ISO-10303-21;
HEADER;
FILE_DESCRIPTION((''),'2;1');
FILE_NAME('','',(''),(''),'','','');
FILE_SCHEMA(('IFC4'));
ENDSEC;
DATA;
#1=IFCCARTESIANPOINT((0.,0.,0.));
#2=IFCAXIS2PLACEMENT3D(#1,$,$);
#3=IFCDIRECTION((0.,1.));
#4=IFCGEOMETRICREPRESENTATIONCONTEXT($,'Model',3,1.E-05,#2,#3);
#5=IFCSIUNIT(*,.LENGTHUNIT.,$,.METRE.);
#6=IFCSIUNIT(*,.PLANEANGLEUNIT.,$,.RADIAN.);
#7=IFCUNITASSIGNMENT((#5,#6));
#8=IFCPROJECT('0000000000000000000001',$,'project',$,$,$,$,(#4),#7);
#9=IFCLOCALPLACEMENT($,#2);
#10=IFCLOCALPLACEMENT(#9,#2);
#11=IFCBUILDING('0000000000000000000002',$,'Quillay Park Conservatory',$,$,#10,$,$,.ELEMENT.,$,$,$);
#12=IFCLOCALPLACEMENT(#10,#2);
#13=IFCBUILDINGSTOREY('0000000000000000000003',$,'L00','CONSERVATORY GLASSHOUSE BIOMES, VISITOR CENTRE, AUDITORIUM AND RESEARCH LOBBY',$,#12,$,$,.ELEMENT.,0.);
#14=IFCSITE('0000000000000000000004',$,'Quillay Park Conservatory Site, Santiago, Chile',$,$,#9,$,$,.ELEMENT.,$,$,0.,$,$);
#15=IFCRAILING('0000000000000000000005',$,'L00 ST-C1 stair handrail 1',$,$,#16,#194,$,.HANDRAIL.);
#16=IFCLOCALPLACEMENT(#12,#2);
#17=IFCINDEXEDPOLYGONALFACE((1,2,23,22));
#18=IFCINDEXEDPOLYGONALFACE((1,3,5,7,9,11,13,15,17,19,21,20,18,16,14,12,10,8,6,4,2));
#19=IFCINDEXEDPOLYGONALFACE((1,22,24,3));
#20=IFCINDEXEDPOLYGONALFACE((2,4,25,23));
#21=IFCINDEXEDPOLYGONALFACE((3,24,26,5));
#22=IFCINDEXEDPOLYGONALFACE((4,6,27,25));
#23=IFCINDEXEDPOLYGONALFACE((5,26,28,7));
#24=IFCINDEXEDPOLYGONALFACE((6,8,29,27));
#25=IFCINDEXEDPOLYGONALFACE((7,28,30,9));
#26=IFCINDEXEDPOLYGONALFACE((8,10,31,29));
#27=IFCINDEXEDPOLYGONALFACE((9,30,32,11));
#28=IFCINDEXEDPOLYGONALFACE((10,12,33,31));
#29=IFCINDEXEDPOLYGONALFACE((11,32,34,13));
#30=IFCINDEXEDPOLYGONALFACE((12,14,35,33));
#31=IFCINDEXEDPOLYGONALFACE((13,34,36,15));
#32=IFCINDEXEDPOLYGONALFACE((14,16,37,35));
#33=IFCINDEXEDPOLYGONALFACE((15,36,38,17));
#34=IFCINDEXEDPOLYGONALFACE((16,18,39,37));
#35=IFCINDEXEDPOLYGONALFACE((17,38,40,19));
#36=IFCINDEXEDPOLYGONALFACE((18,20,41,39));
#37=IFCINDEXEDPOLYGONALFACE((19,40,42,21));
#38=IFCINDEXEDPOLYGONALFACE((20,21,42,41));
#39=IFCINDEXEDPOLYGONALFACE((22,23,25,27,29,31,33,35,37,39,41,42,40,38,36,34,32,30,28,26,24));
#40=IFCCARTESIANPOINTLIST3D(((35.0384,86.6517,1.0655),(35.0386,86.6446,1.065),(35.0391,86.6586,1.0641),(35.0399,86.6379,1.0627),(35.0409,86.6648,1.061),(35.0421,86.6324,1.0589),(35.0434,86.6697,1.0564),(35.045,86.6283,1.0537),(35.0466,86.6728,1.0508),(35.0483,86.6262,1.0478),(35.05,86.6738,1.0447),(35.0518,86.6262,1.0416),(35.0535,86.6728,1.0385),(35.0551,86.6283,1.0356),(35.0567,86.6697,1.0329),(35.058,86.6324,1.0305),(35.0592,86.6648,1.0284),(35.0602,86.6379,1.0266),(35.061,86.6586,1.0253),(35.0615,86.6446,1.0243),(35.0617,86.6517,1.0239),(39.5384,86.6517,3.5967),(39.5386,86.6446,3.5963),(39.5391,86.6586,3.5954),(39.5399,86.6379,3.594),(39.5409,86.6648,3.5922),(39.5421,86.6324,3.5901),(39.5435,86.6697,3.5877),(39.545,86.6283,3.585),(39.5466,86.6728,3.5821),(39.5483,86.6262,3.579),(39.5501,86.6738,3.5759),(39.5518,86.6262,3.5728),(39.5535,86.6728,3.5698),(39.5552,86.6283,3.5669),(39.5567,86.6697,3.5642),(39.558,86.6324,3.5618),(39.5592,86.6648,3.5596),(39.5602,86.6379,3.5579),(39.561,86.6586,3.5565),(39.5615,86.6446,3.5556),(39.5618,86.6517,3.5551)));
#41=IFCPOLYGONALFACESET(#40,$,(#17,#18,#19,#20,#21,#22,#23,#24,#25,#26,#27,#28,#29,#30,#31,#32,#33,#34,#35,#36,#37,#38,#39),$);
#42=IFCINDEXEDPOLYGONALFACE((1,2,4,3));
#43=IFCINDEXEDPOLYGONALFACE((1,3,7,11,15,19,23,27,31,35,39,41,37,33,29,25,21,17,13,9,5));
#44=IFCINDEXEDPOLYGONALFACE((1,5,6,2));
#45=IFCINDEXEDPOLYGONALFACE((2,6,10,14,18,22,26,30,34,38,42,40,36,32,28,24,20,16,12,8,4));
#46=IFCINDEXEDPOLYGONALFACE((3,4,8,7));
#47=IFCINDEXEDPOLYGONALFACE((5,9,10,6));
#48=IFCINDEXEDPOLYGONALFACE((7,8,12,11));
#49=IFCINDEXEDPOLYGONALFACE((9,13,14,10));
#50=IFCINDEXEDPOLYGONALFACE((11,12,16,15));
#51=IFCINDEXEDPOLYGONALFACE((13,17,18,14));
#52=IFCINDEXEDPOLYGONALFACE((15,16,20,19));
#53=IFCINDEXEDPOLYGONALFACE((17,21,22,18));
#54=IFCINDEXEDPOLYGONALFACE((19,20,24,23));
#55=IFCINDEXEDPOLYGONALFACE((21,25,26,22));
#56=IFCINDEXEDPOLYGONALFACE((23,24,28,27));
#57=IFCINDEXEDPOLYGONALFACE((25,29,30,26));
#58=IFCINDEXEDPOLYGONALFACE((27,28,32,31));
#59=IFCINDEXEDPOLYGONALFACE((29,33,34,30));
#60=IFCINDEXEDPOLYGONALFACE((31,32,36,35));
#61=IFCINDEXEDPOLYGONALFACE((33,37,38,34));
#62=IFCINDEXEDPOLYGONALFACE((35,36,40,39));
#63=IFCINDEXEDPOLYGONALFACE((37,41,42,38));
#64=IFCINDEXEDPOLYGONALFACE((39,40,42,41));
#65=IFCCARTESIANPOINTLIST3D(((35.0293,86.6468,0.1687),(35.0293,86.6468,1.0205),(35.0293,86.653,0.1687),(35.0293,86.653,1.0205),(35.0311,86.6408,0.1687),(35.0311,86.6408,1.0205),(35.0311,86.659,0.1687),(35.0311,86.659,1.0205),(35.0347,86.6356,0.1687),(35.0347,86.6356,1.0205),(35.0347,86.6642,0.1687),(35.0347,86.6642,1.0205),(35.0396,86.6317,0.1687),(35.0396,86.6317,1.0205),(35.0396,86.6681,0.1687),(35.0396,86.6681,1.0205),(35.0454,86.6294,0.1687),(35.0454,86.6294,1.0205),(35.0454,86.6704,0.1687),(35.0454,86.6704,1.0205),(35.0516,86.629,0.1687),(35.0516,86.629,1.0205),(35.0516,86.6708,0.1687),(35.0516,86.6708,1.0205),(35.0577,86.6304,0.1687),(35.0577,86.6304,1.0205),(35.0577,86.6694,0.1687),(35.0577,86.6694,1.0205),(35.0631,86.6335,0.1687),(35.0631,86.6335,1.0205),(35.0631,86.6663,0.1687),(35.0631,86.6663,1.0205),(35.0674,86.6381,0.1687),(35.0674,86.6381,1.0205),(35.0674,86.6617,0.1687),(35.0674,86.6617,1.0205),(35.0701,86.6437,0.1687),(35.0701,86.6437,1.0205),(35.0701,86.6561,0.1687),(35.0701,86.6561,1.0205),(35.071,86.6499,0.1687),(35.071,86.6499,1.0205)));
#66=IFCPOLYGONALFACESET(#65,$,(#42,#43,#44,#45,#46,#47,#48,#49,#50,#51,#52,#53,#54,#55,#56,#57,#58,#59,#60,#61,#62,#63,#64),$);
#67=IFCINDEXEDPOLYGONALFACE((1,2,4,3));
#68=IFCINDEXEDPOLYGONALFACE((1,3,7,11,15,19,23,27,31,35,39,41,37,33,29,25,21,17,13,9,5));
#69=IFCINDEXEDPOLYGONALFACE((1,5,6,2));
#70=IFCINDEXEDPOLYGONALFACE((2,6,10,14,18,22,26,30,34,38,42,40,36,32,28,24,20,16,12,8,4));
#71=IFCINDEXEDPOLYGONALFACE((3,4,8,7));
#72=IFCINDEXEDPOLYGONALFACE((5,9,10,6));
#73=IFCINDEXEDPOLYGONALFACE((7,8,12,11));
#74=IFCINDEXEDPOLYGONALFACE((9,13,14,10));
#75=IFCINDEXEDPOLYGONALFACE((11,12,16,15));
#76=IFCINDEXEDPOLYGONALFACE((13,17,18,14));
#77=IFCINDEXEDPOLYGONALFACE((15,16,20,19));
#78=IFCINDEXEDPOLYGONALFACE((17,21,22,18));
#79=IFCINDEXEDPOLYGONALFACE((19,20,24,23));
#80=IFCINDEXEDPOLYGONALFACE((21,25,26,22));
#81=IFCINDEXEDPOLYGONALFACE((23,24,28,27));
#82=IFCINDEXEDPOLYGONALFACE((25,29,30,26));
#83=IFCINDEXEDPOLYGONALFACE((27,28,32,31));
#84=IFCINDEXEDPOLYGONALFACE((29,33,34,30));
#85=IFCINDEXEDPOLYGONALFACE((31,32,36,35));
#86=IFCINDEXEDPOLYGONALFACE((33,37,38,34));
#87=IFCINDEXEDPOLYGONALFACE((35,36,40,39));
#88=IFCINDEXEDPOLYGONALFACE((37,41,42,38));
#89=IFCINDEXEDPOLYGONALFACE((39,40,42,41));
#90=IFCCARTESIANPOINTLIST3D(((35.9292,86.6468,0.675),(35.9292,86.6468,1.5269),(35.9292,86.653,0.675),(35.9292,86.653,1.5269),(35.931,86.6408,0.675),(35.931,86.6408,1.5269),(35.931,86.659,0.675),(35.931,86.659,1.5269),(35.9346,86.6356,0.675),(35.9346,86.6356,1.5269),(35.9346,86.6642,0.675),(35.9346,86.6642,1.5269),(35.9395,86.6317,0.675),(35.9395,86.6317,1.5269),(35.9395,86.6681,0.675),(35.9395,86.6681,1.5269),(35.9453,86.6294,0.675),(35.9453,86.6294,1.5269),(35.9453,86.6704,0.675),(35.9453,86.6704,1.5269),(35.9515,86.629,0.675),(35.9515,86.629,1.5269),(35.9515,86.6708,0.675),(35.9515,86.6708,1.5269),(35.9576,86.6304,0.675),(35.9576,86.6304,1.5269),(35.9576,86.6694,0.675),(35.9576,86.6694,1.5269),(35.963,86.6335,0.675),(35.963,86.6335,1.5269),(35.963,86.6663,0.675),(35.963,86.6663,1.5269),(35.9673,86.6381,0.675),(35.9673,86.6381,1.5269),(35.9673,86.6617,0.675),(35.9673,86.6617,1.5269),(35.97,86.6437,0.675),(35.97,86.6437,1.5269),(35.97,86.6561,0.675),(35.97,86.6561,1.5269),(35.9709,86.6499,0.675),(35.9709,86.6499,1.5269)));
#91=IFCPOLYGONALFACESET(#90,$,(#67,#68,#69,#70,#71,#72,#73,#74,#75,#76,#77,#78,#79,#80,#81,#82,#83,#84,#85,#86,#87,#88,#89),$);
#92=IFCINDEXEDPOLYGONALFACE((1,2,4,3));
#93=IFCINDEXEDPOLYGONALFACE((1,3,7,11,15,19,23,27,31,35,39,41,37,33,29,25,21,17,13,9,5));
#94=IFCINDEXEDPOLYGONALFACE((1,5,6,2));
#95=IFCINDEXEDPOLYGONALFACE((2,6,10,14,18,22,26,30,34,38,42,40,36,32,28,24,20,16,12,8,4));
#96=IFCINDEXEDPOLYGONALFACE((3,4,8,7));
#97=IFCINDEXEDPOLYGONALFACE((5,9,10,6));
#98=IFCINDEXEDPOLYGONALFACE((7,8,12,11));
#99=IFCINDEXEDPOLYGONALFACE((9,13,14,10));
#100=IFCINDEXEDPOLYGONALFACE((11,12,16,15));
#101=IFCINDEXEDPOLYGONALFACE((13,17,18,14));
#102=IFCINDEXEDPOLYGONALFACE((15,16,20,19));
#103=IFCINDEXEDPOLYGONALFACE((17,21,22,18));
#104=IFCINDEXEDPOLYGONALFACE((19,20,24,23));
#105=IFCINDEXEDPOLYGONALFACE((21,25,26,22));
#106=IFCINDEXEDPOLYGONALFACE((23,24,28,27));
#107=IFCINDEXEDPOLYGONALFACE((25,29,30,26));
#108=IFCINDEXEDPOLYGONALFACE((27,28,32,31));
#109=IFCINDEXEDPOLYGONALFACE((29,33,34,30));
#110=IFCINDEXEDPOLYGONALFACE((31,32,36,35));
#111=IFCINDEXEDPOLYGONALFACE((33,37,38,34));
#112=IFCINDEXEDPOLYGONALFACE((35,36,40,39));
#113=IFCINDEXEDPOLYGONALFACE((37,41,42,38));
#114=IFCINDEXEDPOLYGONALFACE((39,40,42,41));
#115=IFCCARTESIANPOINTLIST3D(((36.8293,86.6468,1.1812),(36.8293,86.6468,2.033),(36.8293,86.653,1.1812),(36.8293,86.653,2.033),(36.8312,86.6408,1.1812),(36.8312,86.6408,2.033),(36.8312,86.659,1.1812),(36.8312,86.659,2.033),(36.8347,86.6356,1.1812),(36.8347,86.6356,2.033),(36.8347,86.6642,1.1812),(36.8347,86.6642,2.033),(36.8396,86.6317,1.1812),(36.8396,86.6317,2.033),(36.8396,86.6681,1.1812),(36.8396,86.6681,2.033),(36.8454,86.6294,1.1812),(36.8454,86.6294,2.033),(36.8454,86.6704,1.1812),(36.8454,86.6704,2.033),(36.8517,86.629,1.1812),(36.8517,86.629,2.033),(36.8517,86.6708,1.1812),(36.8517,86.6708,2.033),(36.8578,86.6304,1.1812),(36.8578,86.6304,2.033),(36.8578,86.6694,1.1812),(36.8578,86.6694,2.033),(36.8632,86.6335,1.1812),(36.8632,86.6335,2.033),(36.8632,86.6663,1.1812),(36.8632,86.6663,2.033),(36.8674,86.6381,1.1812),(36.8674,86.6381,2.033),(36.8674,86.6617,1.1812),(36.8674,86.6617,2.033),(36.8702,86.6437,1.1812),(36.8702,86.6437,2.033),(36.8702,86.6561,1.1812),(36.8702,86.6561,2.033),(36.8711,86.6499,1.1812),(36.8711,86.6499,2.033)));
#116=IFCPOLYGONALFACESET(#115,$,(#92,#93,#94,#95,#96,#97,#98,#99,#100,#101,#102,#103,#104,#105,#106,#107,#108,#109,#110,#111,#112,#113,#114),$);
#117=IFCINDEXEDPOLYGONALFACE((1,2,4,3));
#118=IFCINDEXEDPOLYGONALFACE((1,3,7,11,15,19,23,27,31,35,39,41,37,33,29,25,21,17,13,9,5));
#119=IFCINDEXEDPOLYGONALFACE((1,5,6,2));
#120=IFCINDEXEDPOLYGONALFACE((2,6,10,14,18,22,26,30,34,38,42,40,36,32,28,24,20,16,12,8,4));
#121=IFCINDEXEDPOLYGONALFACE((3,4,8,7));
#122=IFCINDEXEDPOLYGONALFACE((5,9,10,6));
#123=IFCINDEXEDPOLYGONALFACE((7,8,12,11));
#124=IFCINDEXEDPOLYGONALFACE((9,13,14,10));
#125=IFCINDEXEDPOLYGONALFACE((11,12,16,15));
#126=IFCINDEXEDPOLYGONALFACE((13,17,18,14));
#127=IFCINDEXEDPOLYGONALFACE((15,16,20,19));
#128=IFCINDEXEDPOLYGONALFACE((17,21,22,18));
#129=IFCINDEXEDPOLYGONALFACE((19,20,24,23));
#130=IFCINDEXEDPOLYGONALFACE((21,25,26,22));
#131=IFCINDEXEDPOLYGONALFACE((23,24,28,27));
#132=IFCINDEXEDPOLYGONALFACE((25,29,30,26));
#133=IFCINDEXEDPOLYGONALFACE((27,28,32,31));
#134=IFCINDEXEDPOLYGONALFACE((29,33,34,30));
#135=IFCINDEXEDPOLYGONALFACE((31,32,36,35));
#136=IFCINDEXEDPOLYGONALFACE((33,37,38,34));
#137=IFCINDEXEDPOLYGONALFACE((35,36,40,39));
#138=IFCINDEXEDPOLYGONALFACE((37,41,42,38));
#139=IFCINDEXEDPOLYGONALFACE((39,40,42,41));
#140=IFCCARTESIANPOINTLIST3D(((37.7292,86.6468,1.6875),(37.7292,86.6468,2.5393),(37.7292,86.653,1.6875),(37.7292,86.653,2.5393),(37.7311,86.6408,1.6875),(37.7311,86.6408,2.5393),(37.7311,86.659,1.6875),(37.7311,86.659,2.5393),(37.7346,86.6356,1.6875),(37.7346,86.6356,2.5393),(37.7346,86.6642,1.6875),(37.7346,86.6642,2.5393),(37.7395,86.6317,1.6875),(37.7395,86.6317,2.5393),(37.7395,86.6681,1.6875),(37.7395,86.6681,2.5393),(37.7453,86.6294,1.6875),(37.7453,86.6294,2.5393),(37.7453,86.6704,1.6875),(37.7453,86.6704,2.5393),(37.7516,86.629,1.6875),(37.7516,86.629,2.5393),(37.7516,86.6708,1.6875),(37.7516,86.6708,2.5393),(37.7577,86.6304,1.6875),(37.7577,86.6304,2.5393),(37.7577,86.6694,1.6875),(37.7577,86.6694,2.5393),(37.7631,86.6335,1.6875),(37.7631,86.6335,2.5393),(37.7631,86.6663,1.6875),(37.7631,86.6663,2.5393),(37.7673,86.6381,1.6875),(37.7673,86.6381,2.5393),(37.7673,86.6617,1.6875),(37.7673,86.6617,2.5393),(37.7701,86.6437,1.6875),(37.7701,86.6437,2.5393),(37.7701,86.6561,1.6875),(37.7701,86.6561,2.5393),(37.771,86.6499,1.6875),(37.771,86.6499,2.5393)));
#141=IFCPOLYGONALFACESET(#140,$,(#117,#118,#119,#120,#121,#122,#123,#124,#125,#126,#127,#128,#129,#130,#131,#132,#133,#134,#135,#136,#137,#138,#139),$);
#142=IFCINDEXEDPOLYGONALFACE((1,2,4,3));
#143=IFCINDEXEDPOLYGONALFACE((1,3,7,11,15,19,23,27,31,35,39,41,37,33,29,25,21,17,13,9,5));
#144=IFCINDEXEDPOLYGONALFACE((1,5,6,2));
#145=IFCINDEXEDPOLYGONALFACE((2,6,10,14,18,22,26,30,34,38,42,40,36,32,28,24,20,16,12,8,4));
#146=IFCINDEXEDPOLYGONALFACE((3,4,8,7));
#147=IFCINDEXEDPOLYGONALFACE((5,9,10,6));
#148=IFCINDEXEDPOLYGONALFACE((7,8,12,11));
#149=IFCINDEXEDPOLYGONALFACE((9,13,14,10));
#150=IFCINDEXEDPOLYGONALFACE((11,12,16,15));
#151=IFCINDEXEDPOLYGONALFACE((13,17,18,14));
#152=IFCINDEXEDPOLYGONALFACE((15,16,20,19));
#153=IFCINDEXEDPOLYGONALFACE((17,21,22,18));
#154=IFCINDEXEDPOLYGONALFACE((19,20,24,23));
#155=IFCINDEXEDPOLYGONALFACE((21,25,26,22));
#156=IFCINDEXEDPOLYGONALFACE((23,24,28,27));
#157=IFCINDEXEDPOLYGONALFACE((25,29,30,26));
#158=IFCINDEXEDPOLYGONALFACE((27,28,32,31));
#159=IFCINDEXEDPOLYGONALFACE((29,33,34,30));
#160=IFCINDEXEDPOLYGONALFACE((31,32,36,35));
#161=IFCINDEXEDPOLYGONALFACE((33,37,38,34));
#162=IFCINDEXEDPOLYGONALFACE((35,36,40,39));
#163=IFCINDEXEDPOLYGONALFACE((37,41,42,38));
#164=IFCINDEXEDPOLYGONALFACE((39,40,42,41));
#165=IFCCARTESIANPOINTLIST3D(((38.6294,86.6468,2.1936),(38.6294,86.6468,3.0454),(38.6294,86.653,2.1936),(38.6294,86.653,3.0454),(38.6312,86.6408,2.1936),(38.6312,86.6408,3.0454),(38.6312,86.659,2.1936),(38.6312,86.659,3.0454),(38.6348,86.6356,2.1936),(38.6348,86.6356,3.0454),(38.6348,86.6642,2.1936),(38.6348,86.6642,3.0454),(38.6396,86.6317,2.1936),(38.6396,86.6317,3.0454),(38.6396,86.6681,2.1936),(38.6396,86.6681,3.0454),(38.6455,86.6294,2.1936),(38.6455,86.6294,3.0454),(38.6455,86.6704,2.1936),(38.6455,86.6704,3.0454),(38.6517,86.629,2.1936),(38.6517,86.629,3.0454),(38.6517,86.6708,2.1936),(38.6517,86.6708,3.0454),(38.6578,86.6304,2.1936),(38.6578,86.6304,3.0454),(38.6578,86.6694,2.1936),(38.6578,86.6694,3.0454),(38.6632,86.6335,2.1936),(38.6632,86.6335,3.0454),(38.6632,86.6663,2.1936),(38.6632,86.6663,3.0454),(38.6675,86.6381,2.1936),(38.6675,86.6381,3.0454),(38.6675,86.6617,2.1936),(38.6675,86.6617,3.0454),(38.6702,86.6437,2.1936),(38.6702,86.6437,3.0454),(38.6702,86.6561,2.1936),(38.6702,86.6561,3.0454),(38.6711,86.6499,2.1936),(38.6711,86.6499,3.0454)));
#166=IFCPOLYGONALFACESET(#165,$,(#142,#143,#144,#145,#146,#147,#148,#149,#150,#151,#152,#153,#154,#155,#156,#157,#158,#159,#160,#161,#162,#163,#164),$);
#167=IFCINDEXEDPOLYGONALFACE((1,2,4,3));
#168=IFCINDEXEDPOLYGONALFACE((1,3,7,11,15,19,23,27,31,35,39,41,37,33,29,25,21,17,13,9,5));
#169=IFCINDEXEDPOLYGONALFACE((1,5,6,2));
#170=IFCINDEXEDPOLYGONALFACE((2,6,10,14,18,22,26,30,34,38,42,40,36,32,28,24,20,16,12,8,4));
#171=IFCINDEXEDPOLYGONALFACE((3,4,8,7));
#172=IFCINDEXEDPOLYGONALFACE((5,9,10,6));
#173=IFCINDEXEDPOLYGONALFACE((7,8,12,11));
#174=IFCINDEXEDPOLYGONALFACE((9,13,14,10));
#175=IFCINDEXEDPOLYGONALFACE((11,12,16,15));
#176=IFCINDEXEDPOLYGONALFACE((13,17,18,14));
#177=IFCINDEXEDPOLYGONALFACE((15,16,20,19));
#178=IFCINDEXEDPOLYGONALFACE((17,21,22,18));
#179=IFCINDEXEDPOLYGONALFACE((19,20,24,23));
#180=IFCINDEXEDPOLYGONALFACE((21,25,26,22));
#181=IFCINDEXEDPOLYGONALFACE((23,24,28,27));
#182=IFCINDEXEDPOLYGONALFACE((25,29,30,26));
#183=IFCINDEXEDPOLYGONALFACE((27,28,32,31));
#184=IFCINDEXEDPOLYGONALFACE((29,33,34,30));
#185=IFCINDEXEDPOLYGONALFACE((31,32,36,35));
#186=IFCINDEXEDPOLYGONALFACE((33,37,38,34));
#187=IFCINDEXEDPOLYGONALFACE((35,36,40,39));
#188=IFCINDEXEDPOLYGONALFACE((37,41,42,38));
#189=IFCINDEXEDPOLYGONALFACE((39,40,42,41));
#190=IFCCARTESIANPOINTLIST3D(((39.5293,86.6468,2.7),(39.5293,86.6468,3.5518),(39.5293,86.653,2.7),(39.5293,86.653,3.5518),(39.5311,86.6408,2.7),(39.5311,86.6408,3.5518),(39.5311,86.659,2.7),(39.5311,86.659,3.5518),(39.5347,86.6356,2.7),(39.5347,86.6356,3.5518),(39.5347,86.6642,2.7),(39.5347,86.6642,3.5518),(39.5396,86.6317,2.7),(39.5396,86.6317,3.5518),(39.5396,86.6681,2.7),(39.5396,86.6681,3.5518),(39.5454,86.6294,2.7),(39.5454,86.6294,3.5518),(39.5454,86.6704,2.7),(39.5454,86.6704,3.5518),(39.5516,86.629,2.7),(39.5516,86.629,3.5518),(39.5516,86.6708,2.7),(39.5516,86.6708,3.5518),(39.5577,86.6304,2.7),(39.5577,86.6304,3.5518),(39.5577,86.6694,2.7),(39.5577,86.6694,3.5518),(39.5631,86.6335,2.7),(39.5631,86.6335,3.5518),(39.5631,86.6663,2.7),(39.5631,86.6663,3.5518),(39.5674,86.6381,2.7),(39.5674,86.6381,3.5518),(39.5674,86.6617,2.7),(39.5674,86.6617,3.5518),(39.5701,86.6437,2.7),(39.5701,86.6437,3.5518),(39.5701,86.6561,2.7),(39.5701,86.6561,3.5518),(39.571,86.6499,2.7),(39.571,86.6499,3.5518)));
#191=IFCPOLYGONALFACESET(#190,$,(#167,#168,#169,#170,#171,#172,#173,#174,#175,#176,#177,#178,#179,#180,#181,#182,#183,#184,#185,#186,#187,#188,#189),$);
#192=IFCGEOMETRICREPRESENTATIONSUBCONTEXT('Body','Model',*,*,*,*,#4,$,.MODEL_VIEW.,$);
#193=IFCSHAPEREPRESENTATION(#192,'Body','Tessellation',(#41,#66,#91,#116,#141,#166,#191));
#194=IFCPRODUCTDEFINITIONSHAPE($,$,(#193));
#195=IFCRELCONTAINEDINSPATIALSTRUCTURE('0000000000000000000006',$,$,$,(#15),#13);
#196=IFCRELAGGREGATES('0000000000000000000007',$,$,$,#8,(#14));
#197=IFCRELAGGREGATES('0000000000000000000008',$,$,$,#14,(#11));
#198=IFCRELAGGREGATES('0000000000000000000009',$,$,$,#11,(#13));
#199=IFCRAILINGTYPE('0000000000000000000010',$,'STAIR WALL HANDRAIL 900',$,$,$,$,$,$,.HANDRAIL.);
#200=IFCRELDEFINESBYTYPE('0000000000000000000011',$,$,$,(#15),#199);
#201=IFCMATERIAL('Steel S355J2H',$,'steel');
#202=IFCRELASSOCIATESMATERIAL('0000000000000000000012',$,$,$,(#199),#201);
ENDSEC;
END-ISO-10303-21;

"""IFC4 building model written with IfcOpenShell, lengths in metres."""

from ifc_helpers import new_model, si_unit, direction, frame, origin, origin_2d, place, context, subcontext, project, spatial, circle, extrude, material, type_object, element, save


model = new_model("IFC4")

# Units and contexts
model_context = context("Model", 3, precision=1e-05, world=origin(), true_north=direction((0.0, 1.0)))
body_context = subcontext(model_context, "Body", "Model", "MODEL_VIEW")
ifc_project = project(units=[si_unit("LENGTHUNIT", "METRE"), si_unit("PLANEANGLEUNIT", "RADIAN")], contexts=[model_context])

# Site, building, storey
site_placement = place(None, origin())
site = spatial("IfcSite", under=ifc_project, at=site_placement, Name="Quillay Park Conservatory Site, Santiago, Chile", CompositionType="ELEMENT", RefElevation=0.0)
building_placement = place(site_placement, origin())
building = spatial("IfcBuilding", under=site, at=building_placement, Name="Quillay Park Conservatory", CompositionType="ELEMENT")
storey_placement = place(building_placement, origin())
storey = spatial("IfcBuildingStorey", under=building, at=storey_placement, Name="L00", Description="CONSERVATORY GLASSHOUSE BIOMES, VISITOR CENTRE, AUDITORIUM AND RESEARCH LOBBY", CompositionType="ELEMENT", Elevation=0.0)

# Railing
ifc_material_1 = material(Name="Steel S355J2H", Category="steel")
railing_type_1 = type_object("IfcRailingType", Name="STAIR WALL HANDRAIL 900", PredefinedType="HANDRAIL", material=ifc_material_1)
railing_1_placement = place(storey_placement, frame((35.05, 86.6499, 0.1687)))
element("IfcRailing", 1, at=railing_1_placement, inside=storey, type_object=railing_type_1, Name="L00 ST-C1 stair handrail 1", PredefinedType="HANDRAIL", context=body_context, shape_type="SweptSolid", body=[
    extrude(circle(Radius=0.0239, at=origin_2d()), frame((0.0, 0.0, 0.876), z_axis=(0.871576, 0.0, 0.490261), x_axis=(0.0, 1.0, 0.0)), (0.0, 0.0, 1.0), 5.1631),
    extrude(circle(Radius=0.021, at=origin_2d()), origin(), (0.0, 0.0, 1.0), 0.8518),
    extrude(circle(Radius=0.021, at=origin_2d()), frame((0.8999, 0.0, 0.5063)), (0.0, 0.0, 1.0), 0.8518),
    extrude(circle(Radius=0.021, at=origin_2d()), frame((1.8, 0.0, 1.0125)), (0.0, 0.0, 1.0), 0.8518),
    extrude(circle(Radius=0.021, at=origin_2d()), frame((2.7, 0.0, 1.5188)), (0.0, 0.0, 1.0), 0.8518),
    extrude(circle(Radius=0.021, at=origin_2d()), frame((3.6001, 0.0, 2.0249)), (0.0, 0.0, 1.0), 0.8518),
    extrude(circle(Radius=0.021, at=origin_2d()), frame((4.5, 0.0, 2.5312)), (0.0, 0.0, 1.0), 0.8518),
])

save(model, "model.ifc")
